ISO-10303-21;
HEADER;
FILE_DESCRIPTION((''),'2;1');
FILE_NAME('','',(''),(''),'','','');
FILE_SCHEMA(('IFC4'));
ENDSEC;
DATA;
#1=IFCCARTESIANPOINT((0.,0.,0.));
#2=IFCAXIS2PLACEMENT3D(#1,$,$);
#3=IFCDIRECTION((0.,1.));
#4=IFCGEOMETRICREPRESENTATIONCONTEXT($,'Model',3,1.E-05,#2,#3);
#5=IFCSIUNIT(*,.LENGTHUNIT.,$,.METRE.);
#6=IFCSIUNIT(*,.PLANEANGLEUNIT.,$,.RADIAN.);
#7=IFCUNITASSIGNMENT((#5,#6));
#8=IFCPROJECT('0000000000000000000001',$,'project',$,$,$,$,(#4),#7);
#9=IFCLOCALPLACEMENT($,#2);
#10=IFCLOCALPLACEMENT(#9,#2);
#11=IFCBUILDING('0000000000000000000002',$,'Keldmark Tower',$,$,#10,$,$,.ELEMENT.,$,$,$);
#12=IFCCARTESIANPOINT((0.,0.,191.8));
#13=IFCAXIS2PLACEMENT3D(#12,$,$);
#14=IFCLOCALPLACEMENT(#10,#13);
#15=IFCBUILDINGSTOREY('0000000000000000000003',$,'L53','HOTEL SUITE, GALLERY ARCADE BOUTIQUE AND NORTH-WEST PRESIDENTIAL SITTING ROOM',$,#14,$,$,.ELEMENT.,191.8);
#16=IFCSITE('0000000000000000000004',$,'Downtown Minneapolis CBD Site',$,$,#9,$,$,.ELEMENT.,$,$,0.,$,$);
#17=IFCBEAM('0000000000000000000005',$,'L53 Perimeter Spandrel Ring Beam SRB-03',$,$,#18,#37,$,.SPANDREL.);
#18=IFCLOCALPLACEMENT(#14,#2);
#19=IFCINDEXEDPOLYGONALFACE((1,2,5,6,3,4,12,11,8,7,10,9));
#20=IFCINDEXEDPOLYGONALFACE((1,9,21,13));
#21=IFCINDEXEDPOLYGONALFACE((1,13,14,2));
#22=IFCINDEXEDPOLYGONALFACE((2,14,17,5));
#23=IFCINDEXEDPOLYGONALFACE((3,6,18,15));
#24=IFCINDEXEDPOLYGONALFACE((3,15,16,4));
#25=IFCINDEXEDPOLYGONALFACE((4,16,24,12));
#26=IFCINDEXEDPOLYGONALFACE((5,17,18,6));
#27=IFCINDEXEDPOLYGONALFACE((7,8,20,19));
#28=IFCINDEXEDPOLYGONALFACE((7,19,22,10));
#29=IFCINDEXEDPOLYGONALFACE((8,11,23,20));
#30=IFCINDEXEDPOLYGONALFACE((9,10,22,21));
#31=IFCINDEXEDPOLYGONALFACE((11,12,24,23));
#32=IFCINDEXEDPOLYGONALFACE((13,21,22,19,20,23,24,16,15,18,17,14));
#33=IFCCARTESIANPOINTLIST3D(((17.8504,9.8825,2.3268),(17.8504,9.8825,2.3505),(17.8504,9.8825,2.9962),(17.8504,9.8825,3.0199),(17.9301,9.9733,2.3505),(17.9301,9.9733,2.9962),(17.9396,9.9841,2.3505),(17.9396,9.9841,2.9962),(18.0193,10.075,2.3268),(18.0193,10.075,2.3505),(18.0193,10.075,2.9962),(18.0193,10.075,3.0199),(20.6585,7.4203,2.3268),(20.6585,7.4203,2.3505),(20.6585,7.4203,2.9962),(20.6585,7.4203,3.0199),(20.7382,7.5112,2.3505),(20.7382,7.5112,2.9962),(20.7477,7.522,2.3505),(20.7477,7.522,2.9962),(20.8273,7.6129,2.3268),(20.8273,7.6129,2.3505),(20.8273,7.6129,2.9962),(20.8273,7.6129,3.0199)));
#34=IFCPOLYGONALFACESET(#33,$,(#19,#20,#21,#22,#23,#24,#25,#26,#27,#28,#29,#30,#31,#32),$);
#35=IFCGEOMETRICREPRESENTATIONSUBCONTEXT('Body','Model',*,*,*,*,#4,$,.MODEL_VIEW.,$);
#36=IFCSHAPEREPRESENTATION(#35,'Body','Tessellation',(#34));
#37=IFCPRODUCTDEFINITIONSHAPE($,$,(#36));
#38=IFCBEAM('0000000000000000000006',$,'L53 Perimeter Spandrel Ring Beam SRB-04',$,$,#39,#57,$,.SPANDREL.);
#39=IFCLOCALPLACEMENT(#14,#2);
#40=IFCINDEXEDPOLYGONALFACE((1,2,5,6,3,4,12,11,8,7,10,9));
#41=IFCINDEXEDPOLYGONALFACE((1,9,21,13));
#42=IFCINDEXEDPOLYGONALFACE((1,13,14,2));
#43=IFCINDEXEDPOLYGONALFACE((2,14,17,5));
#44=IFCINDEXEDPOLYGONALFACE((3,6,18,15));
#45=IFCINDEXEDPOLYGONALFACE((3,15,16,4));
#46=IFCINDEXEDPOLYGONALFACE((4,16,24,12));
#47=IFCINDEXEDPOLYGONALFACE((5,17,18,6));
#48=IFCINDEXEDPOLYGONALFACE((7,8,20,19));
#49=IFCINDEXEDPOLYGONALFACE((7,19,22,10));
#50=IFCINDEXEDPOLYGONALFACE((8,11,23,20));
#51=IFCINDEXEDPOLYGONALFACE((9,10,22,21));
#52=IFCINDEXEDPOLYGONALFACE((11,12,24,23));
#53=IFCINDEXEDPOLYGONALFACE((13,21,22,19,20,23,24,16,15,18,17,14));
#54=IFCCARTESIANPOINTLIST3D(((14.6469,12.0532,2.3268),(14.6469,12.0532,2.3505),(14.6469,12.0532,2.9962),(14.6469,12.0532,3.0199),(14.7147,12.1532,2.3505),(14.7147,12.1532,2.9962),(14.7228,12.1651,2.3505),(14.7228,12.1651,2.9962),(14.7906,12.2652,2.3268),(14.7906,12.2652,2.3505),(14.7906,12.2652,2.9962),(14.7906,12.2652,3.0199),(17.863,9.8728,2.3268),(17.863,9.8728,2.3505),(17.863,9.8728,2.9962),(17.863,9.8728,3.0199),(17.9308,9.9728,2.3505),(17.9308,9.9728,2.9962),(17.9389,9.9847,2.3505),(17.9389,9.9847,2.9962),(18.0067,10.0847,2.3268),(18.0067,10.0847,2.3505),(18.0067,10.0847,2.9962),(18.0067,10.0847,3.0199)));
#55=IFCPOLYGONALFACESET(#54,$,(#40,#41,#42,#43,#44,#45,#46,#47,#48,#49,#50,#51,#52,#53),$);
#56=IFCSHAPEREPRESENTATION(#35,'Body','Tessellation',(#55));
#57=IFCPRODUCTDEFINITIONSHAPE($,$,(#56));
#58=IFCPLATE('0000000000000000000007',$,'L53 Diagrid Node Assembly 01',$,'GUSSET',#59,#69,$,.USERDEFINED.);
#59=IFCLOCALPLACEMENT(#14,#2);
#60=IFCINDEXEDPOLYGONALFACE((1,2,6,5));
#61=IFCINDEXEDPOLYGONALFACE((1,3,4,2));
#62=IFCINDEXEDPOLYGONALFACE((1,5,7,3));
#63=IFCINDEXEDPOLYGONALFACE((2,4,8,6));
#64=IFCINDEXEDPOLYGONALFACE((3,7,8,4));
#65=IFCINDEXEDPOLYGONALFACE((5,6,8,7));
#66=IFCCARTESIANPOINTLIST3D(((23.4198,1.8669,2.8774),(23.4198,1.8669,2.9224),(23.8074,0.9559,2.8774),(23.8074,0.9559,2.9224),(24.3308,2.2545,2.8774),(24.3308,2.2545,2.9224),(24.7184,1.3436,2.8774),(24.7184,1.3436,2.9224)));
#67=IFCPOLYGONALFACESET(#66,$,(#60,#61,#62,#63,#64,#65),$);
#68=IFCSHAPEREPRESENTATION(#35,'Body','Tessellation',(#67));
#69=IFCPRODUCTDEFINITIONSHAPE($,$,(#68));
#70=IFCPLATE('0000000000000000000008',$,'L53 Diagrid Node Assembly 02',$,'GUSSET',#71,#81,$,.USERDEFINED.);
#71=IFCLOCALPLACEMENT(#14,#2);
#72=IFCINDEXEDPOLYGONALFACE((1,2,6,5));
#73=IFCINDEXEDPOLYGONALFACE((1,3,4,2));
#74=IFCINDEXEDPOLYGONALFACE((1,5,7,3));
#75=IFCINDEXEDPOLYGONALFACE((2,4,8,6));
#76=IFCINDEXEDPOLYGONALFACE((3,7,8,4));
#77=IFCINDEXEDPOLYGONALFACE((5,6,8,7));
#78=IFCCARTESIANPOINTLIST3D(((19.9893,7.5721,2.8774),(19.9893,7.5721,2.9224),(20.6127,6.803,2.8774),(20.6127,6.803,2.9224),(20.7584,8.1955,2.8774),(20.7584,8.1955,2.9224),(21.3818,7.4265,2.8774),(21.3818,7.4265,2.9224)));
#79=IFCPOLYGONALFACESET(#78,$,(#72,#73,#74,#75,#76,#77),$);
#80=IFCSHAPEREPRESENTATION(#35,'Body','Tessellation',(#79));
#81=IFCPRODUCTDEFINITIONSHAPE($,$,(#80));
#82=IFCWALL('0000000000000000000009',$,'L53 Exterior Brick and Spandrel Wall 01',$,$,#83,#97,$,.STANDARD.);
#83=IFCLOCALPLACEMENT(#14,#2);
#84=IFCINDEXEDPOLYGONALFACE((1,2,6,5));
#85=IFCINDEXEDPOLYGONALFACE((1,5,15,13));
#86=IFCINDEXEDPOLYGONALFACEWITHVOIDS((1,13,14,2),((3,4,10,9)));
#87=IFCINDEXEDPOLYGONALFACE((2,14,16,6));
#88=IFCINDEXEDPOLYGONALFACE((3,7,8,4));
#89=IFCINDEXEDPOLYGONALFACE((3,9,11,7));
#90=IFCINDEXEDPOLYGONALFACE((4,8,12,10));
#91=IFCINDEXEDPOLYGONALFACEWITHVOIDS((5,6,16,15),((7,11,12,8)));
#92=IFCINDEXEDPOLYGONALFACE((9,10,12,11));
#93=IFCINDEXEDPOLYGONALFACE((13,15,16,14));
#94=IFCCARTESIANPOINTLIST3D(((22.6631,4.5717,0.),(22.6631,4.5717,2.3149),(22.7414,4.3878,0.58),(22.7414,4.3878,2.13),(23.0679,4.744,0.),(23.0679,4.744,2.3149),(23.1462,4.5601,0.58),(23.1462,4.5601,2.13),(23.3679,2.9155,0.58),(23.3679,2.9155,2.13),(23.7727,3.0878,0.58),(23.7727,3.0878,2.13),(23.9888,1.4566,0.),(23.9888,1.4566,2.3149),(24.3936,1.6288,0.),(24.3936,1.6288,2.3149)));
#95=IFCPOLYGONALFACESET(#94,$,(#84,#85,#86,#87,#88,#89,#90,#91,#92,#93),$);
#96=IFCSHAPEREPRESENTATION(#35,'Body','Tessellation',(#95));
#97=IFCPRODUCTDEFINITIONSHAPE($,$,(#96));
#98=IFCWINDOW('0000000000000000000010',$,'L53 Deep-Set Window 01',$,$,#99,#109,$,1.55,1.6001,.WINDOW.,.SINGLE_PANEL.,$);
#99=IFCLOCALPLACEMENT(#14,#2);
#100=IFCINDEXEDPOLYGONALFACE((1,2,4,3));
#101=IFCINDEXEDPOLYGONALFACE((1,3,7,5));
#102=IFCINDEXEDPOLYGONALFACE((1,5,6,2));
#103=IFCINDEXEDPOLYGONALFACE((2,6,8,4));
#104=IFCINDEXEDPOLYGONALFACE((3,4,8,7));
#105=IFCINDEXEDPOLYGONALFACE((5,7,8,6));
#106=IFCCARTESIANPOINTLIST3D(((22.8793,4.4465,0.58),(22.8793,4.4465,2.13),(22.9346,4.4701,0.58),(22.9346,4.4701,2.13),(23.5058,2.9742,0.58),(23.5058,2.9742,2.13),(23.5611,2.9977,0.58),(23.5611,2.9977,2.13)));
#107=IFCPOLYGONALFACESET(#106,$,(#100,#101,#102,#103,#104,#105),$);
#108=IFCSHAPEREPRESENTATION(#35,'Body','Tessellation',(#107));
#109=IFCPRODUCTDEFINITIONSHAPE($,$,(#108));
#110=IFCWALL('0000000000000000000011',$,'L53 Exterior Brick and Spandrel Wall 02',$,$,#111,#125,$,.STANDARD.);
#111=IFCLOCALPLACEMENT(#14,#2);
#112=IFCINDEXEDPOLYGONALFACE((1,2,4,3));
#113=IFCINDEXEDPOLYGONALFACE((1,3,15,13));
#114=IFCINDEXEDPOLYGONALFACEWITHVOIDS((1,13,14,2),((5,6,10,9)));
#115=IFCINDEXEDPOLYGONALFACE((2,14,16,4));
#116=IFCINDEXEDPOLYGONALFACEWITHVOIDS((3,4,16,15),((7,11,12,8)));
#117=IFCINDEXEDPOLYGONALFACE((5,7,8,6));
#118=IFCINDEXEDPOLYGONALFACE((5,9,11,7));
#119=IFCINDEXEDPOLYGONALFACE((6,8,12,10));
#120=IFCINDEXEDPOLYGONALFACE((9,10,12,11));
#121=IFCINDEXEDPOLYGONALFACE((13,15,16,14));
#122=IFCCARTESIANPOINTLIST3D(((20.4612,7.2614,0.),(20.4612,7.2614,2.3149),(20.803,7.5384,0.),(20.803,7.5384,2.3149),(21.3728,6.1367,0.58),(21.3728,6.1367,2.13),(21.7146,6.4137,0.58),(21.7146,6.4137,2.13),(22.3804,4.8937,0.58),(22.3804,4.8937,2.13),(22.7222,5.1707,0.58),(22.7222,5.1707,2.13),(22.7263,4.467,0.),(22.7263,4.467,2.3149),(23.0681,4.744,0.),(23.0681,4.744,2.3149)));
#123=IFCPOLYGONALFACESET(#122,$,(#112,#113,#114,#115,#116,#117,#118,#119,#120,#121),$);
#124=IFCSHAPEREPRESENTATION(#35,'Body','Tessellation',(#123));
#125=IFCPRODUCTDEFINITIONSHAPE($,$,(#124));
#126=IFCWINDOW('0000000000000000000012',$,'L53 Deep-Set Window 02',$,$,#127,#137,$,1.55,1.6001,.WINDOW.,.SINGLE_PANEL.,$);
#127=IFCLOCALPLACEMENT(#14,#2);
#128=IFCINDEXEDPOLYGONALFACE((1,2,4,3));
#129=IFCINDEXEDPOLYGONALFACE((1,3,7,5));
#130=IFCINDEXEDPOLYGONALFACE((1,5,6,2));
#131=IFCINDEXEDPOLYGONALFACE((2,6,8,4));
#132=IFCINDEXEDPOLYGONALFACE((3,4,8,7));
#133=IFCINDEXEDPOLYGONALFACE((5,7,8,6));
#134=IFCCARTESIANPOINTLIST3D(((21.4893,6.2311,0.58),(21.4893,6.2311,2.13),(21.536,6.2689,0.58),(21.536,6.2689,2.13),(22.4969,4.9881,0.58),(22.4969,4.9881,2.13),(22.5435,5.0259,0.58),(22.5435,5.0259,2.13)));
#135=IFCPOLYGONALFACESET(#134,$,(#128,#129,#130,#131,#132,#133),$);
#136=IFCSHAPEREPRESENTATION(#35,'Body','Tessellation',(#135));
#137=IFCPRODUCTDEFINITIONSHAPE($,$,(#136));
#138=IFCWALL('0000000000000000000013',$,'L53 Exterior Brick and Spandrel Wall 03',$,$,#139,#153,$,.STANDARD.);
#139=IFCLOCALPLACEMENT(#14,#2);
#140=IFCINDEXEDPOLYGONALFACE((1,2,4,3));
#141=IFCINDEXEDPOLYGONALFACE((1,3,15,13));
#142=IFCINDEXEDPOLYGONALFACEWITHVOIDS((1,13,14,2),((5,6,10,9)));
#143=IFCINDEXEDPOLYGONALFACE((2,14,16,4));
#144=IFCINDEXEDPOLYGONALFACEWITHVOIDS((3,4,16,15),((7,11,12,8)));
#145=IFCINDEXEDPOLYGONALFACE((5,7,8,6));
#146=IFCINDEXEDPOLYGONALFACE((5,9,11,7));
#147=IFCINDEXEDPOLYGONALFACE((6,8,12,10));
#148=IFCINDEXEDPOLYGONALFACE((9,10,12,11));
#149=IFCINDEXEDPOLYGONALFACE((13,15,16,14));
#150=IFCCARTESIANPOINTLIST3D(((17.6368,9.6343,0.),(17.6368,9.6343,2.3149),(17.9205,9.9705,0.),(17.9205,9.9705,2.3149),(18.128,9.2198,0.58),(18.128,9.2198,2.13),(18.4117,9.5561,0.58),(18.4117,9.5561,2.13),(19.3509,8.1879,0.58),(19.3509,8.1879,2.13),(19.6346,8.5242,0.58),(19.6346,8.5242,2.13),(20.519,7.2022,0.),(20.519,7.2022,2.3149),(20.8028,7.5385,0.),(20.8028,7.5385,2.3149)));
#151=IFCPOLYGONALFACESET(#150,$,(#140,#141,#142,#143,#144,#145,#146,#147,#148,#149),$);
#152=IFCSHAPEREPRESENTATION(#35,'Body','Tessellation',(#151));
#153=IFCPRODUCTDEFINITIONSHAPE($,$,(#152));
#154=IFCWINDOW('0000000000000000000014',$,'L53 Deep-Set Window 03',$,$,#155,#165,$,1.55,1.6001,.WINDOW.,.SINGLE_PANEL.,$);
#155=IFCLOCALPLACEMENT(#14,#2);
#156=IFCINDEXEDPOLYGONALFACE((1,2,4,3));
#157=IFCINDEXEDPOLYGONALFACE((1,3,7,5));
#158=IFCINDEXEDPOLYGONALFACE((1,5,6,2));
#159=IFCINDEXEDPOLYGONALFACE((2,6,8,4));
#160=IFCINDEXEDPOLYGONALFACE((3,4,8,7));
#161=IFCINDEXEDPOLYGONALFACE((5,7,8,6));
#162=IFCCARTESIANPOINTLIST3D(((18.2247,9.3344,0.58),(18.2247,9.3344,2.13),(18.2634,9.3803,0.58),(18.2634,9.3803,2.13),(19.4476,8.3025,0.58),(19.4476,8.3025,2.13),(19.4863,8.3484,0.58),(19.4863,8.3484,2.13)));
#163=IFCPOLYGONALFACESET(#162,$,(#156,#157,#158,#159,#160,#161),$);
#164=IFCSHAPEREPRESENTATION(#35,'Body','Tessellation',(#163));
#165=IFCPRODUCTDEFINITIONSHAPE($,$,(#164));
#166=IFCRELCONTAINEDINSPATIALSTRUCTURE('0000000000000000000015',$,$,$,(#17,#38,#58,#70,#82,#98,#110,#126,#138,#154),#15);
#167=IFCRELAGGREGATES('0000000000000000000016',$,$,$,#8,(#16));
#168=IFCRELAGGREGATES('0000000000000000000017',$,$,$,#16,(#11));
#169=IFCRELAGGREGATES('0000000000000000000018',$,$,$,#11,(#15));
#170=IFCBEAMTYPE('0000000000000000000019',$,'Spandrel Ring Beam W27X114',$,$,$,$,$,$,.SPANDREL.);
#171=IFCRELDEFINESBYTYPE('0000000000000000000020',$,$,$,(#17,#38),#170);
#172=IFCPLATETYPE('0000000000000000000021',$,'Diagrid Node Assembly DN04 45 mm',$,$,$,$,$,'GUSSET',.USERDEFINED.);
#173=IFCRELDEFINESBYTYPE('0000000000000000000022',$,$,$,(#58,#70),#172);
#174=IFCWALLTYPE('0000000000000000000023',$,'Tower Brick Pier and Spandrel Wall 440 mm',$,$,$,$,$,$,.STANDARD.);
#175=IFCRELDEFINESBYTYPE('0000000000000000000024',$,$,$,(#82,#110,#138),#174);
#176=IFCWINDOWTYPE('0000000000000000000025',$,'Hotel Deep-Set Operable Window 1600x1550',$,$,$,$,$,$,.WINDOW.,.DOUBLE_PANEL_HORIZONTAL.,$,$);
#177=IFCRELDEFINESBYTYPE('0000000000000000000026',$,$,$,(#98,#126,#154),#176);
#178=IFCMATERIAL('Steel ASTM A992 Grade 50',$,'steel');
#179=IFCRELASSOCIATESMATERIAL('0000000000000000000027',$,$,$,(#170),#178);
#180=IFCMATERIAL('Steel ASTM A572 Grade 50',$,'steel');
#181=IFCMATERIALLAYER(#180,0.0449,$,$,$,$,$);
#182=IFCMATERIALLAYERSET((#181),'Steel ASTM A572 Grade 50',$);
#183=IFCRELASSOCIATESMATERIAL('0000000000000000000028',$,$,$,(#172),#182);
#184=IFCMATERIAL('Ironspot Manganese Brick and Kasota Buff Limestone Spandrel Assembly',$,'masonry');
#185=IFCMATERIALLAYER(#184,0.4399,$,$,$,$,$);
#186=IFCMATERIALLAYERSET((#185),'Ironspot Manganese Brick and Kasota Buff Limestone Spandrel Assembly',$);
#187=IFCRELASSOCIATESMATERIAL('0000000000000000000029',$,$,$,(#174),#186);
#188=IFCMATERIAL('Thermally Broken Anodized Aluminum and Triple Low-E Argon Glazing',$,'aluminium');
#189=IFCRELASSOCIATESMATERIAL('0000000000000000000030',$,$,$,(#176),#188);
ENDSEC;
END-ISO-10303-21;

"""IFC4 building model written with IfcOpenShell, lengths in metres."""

from ifc_helpers import new_model, si_unit, direction, frame, frame_2d, origin, origin_2d, place, context, subcontext, project, spatial, rectangle, i_section, extrude, material, layer, layer_set, material_profile, profile_set, type_object, element, fill, save


model = new_model("IFC4")

# Units and contexts
model_context = context("Model", 3, precision=1e-05, world=origin(), true_north=direction((0.0, 1.0)))
body_context = subcontext(model_context, "Body", "Model", "MODEL_VIEW")
ifc_project = project(units=[si_unit("LENGTHUNIT", "METRE"), si_unit("PLANEANGLEUNIT", "RADIAN")], contexts=[model_context])

# Site, building, storey
site_placement = place(None, origin())
site = spatial("IfcSite", under=ifc_project, at=site_placement, Name="Downtown Minneapolis CBD Site", CompositionType="ELEMENT", RefElevation=0.0)
building_placement = place(site_placement, origin())
building = spatial("IfcBuilding", under=site, at=building_placement, Name="Keldmark Tower", CompositionType="ELEMENT")
storey_placement = place(building_placement, frame((0.0, 0.0, 191.8)))
storey = spatial("IfcBuildingStorey", under=building, at=storey_placement, Name="L53", Description="HOTEL SUITE, GALLERY ARCADE BOUTIQUE AND NORTH-WEST PRESIDENTIAL SITTING ROOM", CompositionType="ELEMENT", Elevation=191.8)

# Beams
ifc_material_1 = material(Name="Steel ASTM A992 Grade 50", Category="steel")
ifc_material_profile_1 = material_profile(ifc_material_1, i_section(OverallWidth=0.2561, OverallDepth=0.6931, WebThickness=0.0144, FlangeThickness=0.0237, at=origin_2d()), Name="W27X114")
ifc_profile_set_1 = profile_set([ifc_material_profile_1], Name="Steel ASTM A992 Grade 50")
beam_type_1 = type_object("IfcBeamType", Name="Spandrel Ring Beam W27X114", PredefinedType="SPANDREL", material=ifc_profile_set_1)
beam_1_placement = place(storey_placement, frame((20.7429, 7.5166, 2.6733), z_axis=(-0.751904, 0.659273, 0.0), x_axis=(-0.659273, -0.751904, 0.0)))
element("IfcBeam", 1, at=beam_1_placement, inside=storey, type_object=beam_type_1, Name="L53 Perimeter Spandrel Ring Beam SRB-03", PredefinedType="SPANDREL", context=body_context, shape_type="SweptSolid", body=[
    extrude(i_section(OverallWidth=0.2561, OverallDepth=0.6931, WebThickness=0.0144, FlangeThickness=0.0237, at=origin_2d()), origin(), (0.0, 0.0, 1.0), 3.7346),
])
beam_2_placement = place(storey_placement, frame((17.9348, 9.9788, 2.6733), z_axis=(-0.827704, 0.561165, 0.0), x_axis=(-0.561165, -0.827704, 0.0)))
element("IfcBeam", 2, at=beam_2_placement, inside=storey, type_object=beam_type_1, Name="L53 Perimeter Spandrel Ring Beam SRB-04", PredefinedType="SPANDREL", context=body_context, shape_type="SweptSolid", body=[
    extrude(i_section(OverallWidth=0.2561, OverallDepth=0.6931, WebThickness=0.0144, FlangeThickness=0.0237, at=origin_2d()), origin(), (0.0, 0.0, 1.0), 3.8855),
])

# Plates
ifc_material_2 = material(Name="Steel ASTM A572 Grade 50", Category="steel")
ifc_layer_1 = layer(ifc_material_2, 0.0449)
ifc_layer_set_1 = layer_set([ifc_layer_1], Name="Steel ASTM A572 Grade 50")
plate_type = type_object("IfcPlateType", Name="Diagrid Node Assembly DN04 45 mm", ElementType="GUSSET", PredefinedType="USERDEFINED", material=ifc_layer_set_1)
for number, where, z_axis, x_axis, name in (
    (3, (24.0691, 1.6052, 2.8774), (0.0, 0.0, 1.0), (-0.391534, 0.920164, 0.0), "L53 Diagrid Node Assembly 01"),
    (4, (20.6855, 7.4993, 2.8774), (0.0, 0.0, 1.0), (-0.629727, 0.776816, 0.0), "L53 Diagrid Node Assembly 02"),
):
    element("IfcPlate", number, at=place(storey_placement, frame(where, z_axis=z_axis, x_axis=x_axis)), inside=storey, type_object=plate_type, Name=name, ObjectType="GUSSET", PredefinedType="USERDEFINED", context=body_context, shape_type="SweptSolid", body=[
        extrude(rectangle(XDim=0.99, YDim=0.99, at=origin_2d()), origin(), (0.0, 0.0, 1.0), 0.0449),
    ])

# Walls, openings, windows
ifc_material_3 = material(Name="Ironspot Manganese Brick and Kasota Buff Limestone Spandrel Assembly", Category="masonry")
ifc_layer_2 = layer(ifc_material_3, 0.4399)
ifc_layer_set_2 = layer_set([ifc_layer_2], Name="Ironspot Manganese Brick and Kasota Buff Limestone Spandrel Assembly")
wall_type_1 = type_object("IfcWallType", Name="Tower Brick Pier and Spandrel Wall 440 mm", PredefinedType="STANDARD", material=ifc_layer_set_2)
wall_1_placement = place(storey_placement, frame((22.8655, 4.658, 0.0), z_axis=(0.0, 0.0, 1.0), x_axis=(0.391568, -0.920149, 0.0)))
wall_1 = element("IfcWall", 5, at=wall_1_placement, inside=storey, type_object=wall_type_1, Name="L53 Exterior Brick and Spandrel Wall 01", PredefinedType="STANDARD", context=body_context, shape_type="SweptSolid", body=[
    extrude(rectangle(XDim=3.3855, YDim=0.4399, at=frame_2d((1.6929, 0.0))), origin(), (0.0, 0.0, 1.0), 2.3149),
])
opening_1_placement = place(wall_1_placement, frame((0.2, 0.0, 0.5801)))
opening_1 = element("IfcOpeningElement", 6, at=opening_1_placement, cuts=wall_1, PredefinedType="OPENING", context=body_context, shape_type="SweptSolid", body=[
    extrude(rectangle(XDim=1.6001, YDim=1.55, at=frame_2d((0.8, 0.7749))), frame((0.0, 0.23, 0.0), z_axis=(0.0, -1.0, 0.0), x_axis=(1.0, 0.0, 0.0)), (0.0, 0.0, 1.0), 0.46),
])
ifc_material_4 = material(Name="Thermally Broken Anodized Aluminum and Triple Low-E Argon Glazing", Category="aluminium")
window_type = type_object("IfcWindowType", Name="Hotel Deep-Set Operable Window 1600x1550", PartitioningType="DOUBLE_PANEL_HORIZONTAL", PredefinedType="WINDOW", material=ifc_material_4)
window_1_placement = place(opening_1_placement, origin())
window_1 = element("IfcWindow", 7, at=window_1_placement, inside=storey, type_object=window_type, Name="L53 Deep-Set Window 01", OverallHeight=1.55, OverallWidth=1.6001, PartitioningType="SINGLE_PANEL", PredefinedType="WINDOW", context=body_context, shape_type="SweptSolid", body=[
    extrude(rectangle(XDim=1.6001, YDim=1.55, at=frame_2d((0.8, 0.7749))), frame((0.0, -0.01, 0.0), z_axis=(0.0, -1.0, 0.0), x_axis=(1.0, 0.0, 0.0)), (0.0, 0.0, 1.0), 0.0601),
])
fill(opening_1, window_1)
wall_2_placement = place(storey_placement, frame((20.6321, 7.3999, 0.0), z_axis=(0.0, 0.0, 1.0), x_axis=(0.629698, -0.77684, 0.0)))
wall_2 = element("IfcWall", 8, at=wall_2_placement, inside=storey, type_object=wall_type_1, Name="L53 Exterior Brick and Spandrel Wall 02", PredefinedType="STANDARD", context=body_context, shape_type="SweptSolid", body=[
    extrude(rectangle(XDim=3.5972, YDim=0.4399, at=frame_2d((1.7986, 0.0))), origin(), (0.0, 0.0, 1.0), 2.3149),
])
opening_2_placement = place(wall_2_placement, frame((1.4478, 0.0, 0.5801)))
opening_2 = element("IfcOpeningElement", 9, at=opening_2_placement, cuts=wall_2, PredefinedType="OPENING", context=body_context, shape_type="SweptSolid", body=[
    extrude(rectangle(XDim=1.6001, YDim=1.55, at=frame_2d((0.8, 0.7749))), frame((0.0, 0.23, 0.0), z_axis=(0.0, -1.0, 0.0), x_axis=(1.0, 0.0, 0.0)), (0.0, 0.0, 1.0), 0.46),
])
window_2_placement = place(opening_2_placement, origin())
window_2 = element("IfcWindow", 10, at=window_2_placement, inside=storey, type_object=window_type, Name="L53 Deep-Set Window 02", OverallHeight=1.55, OverallWidth=1.6001, PartitioningType="SINGLE_PANEL", PredefinedType="WINDOW", context=body_context, shape_type="SweptSolid", body=[
    extrude(rectangle(XDim=1.6001, YDim=1.55, at=frame_2d((0.8, 0.7749))), frame((0.0, -0.01, 0.0), z_axis=(0.0, -1.0, 0.0), x_axis=(1.0, 0.0, 0.0)), (0.0, 0.0, 1.0), 0.0601),
])
fill(opening_2, window_2)
wall_3_placement = place(storey_placement, frame((17.7786, 9.8025, 0.0), z_axis=(0.0, 0.0, 1.0), x_axis=(0.76427, -0.644897, 0.0)))
wall_3 = element("IfcWall", 11, at=wall_3_placement, inside=storey, type_object=wall_type_1, Name="L53 Exterior Brick and Spandrel Wall 03", PredefinedType="STANDARD", context=body_context, shape_type="SweptSolid", body=[
    extrude(rectangle(XDim=3.7712, YDim=0.4399, at=frame_2d((1.8857, 0.0))), origin(), (0.0, 0.0, 1.0), 2.3149),
])
opening_3_placement = place(wall_3_placement, frame((0.6428, 0.0, 0.5801)))
opening_3 = element("IfcOpeningElement", 12, at=opening_3_placement, cuts=wall_3, PredefinedType="OPENING", context=body_context, shape_type="SweptSolid", body=[
    extrude(rectangle(XDim=1.6001, YDim=1.55, at=frame_2d((0.8, 0.7749))), frame((0.0, 0.23, 0.0), z_axis=(0.0, -1.0, 0.0), x_axis=(1.0, 0.0, 0.0)), (0.0, 0.0, 1.0), 0.46),
])
window_3_placement = place(opening_3_placement, origin())
window_3 = element("IfcWindow", 13, at=window_3_placement, inside=storey, type_object=window_type, Name="L53 Deep-Set Window 03", OverallHeight=1.55, OverallWidth=1.6001, PartitioningType="SINGLE_PANEL", PredefinedType="WINDOW", context=body_context, shape_type="SweptSolid", body=[
    extrude(rectangle(XDim=1.6001, YDim=1.55, at=frame_2d((0.8, 0.7749))), frame((0.0, -0.01, 0.0), z_axis=(0.0, -1.0, 0.0), x_axis=(1.0, 0.0, 0.0)), (0.0, 0.0, 1.0), 0.0601),
])
fill(opening_3, window_3)

save(model, "model.ifc")
